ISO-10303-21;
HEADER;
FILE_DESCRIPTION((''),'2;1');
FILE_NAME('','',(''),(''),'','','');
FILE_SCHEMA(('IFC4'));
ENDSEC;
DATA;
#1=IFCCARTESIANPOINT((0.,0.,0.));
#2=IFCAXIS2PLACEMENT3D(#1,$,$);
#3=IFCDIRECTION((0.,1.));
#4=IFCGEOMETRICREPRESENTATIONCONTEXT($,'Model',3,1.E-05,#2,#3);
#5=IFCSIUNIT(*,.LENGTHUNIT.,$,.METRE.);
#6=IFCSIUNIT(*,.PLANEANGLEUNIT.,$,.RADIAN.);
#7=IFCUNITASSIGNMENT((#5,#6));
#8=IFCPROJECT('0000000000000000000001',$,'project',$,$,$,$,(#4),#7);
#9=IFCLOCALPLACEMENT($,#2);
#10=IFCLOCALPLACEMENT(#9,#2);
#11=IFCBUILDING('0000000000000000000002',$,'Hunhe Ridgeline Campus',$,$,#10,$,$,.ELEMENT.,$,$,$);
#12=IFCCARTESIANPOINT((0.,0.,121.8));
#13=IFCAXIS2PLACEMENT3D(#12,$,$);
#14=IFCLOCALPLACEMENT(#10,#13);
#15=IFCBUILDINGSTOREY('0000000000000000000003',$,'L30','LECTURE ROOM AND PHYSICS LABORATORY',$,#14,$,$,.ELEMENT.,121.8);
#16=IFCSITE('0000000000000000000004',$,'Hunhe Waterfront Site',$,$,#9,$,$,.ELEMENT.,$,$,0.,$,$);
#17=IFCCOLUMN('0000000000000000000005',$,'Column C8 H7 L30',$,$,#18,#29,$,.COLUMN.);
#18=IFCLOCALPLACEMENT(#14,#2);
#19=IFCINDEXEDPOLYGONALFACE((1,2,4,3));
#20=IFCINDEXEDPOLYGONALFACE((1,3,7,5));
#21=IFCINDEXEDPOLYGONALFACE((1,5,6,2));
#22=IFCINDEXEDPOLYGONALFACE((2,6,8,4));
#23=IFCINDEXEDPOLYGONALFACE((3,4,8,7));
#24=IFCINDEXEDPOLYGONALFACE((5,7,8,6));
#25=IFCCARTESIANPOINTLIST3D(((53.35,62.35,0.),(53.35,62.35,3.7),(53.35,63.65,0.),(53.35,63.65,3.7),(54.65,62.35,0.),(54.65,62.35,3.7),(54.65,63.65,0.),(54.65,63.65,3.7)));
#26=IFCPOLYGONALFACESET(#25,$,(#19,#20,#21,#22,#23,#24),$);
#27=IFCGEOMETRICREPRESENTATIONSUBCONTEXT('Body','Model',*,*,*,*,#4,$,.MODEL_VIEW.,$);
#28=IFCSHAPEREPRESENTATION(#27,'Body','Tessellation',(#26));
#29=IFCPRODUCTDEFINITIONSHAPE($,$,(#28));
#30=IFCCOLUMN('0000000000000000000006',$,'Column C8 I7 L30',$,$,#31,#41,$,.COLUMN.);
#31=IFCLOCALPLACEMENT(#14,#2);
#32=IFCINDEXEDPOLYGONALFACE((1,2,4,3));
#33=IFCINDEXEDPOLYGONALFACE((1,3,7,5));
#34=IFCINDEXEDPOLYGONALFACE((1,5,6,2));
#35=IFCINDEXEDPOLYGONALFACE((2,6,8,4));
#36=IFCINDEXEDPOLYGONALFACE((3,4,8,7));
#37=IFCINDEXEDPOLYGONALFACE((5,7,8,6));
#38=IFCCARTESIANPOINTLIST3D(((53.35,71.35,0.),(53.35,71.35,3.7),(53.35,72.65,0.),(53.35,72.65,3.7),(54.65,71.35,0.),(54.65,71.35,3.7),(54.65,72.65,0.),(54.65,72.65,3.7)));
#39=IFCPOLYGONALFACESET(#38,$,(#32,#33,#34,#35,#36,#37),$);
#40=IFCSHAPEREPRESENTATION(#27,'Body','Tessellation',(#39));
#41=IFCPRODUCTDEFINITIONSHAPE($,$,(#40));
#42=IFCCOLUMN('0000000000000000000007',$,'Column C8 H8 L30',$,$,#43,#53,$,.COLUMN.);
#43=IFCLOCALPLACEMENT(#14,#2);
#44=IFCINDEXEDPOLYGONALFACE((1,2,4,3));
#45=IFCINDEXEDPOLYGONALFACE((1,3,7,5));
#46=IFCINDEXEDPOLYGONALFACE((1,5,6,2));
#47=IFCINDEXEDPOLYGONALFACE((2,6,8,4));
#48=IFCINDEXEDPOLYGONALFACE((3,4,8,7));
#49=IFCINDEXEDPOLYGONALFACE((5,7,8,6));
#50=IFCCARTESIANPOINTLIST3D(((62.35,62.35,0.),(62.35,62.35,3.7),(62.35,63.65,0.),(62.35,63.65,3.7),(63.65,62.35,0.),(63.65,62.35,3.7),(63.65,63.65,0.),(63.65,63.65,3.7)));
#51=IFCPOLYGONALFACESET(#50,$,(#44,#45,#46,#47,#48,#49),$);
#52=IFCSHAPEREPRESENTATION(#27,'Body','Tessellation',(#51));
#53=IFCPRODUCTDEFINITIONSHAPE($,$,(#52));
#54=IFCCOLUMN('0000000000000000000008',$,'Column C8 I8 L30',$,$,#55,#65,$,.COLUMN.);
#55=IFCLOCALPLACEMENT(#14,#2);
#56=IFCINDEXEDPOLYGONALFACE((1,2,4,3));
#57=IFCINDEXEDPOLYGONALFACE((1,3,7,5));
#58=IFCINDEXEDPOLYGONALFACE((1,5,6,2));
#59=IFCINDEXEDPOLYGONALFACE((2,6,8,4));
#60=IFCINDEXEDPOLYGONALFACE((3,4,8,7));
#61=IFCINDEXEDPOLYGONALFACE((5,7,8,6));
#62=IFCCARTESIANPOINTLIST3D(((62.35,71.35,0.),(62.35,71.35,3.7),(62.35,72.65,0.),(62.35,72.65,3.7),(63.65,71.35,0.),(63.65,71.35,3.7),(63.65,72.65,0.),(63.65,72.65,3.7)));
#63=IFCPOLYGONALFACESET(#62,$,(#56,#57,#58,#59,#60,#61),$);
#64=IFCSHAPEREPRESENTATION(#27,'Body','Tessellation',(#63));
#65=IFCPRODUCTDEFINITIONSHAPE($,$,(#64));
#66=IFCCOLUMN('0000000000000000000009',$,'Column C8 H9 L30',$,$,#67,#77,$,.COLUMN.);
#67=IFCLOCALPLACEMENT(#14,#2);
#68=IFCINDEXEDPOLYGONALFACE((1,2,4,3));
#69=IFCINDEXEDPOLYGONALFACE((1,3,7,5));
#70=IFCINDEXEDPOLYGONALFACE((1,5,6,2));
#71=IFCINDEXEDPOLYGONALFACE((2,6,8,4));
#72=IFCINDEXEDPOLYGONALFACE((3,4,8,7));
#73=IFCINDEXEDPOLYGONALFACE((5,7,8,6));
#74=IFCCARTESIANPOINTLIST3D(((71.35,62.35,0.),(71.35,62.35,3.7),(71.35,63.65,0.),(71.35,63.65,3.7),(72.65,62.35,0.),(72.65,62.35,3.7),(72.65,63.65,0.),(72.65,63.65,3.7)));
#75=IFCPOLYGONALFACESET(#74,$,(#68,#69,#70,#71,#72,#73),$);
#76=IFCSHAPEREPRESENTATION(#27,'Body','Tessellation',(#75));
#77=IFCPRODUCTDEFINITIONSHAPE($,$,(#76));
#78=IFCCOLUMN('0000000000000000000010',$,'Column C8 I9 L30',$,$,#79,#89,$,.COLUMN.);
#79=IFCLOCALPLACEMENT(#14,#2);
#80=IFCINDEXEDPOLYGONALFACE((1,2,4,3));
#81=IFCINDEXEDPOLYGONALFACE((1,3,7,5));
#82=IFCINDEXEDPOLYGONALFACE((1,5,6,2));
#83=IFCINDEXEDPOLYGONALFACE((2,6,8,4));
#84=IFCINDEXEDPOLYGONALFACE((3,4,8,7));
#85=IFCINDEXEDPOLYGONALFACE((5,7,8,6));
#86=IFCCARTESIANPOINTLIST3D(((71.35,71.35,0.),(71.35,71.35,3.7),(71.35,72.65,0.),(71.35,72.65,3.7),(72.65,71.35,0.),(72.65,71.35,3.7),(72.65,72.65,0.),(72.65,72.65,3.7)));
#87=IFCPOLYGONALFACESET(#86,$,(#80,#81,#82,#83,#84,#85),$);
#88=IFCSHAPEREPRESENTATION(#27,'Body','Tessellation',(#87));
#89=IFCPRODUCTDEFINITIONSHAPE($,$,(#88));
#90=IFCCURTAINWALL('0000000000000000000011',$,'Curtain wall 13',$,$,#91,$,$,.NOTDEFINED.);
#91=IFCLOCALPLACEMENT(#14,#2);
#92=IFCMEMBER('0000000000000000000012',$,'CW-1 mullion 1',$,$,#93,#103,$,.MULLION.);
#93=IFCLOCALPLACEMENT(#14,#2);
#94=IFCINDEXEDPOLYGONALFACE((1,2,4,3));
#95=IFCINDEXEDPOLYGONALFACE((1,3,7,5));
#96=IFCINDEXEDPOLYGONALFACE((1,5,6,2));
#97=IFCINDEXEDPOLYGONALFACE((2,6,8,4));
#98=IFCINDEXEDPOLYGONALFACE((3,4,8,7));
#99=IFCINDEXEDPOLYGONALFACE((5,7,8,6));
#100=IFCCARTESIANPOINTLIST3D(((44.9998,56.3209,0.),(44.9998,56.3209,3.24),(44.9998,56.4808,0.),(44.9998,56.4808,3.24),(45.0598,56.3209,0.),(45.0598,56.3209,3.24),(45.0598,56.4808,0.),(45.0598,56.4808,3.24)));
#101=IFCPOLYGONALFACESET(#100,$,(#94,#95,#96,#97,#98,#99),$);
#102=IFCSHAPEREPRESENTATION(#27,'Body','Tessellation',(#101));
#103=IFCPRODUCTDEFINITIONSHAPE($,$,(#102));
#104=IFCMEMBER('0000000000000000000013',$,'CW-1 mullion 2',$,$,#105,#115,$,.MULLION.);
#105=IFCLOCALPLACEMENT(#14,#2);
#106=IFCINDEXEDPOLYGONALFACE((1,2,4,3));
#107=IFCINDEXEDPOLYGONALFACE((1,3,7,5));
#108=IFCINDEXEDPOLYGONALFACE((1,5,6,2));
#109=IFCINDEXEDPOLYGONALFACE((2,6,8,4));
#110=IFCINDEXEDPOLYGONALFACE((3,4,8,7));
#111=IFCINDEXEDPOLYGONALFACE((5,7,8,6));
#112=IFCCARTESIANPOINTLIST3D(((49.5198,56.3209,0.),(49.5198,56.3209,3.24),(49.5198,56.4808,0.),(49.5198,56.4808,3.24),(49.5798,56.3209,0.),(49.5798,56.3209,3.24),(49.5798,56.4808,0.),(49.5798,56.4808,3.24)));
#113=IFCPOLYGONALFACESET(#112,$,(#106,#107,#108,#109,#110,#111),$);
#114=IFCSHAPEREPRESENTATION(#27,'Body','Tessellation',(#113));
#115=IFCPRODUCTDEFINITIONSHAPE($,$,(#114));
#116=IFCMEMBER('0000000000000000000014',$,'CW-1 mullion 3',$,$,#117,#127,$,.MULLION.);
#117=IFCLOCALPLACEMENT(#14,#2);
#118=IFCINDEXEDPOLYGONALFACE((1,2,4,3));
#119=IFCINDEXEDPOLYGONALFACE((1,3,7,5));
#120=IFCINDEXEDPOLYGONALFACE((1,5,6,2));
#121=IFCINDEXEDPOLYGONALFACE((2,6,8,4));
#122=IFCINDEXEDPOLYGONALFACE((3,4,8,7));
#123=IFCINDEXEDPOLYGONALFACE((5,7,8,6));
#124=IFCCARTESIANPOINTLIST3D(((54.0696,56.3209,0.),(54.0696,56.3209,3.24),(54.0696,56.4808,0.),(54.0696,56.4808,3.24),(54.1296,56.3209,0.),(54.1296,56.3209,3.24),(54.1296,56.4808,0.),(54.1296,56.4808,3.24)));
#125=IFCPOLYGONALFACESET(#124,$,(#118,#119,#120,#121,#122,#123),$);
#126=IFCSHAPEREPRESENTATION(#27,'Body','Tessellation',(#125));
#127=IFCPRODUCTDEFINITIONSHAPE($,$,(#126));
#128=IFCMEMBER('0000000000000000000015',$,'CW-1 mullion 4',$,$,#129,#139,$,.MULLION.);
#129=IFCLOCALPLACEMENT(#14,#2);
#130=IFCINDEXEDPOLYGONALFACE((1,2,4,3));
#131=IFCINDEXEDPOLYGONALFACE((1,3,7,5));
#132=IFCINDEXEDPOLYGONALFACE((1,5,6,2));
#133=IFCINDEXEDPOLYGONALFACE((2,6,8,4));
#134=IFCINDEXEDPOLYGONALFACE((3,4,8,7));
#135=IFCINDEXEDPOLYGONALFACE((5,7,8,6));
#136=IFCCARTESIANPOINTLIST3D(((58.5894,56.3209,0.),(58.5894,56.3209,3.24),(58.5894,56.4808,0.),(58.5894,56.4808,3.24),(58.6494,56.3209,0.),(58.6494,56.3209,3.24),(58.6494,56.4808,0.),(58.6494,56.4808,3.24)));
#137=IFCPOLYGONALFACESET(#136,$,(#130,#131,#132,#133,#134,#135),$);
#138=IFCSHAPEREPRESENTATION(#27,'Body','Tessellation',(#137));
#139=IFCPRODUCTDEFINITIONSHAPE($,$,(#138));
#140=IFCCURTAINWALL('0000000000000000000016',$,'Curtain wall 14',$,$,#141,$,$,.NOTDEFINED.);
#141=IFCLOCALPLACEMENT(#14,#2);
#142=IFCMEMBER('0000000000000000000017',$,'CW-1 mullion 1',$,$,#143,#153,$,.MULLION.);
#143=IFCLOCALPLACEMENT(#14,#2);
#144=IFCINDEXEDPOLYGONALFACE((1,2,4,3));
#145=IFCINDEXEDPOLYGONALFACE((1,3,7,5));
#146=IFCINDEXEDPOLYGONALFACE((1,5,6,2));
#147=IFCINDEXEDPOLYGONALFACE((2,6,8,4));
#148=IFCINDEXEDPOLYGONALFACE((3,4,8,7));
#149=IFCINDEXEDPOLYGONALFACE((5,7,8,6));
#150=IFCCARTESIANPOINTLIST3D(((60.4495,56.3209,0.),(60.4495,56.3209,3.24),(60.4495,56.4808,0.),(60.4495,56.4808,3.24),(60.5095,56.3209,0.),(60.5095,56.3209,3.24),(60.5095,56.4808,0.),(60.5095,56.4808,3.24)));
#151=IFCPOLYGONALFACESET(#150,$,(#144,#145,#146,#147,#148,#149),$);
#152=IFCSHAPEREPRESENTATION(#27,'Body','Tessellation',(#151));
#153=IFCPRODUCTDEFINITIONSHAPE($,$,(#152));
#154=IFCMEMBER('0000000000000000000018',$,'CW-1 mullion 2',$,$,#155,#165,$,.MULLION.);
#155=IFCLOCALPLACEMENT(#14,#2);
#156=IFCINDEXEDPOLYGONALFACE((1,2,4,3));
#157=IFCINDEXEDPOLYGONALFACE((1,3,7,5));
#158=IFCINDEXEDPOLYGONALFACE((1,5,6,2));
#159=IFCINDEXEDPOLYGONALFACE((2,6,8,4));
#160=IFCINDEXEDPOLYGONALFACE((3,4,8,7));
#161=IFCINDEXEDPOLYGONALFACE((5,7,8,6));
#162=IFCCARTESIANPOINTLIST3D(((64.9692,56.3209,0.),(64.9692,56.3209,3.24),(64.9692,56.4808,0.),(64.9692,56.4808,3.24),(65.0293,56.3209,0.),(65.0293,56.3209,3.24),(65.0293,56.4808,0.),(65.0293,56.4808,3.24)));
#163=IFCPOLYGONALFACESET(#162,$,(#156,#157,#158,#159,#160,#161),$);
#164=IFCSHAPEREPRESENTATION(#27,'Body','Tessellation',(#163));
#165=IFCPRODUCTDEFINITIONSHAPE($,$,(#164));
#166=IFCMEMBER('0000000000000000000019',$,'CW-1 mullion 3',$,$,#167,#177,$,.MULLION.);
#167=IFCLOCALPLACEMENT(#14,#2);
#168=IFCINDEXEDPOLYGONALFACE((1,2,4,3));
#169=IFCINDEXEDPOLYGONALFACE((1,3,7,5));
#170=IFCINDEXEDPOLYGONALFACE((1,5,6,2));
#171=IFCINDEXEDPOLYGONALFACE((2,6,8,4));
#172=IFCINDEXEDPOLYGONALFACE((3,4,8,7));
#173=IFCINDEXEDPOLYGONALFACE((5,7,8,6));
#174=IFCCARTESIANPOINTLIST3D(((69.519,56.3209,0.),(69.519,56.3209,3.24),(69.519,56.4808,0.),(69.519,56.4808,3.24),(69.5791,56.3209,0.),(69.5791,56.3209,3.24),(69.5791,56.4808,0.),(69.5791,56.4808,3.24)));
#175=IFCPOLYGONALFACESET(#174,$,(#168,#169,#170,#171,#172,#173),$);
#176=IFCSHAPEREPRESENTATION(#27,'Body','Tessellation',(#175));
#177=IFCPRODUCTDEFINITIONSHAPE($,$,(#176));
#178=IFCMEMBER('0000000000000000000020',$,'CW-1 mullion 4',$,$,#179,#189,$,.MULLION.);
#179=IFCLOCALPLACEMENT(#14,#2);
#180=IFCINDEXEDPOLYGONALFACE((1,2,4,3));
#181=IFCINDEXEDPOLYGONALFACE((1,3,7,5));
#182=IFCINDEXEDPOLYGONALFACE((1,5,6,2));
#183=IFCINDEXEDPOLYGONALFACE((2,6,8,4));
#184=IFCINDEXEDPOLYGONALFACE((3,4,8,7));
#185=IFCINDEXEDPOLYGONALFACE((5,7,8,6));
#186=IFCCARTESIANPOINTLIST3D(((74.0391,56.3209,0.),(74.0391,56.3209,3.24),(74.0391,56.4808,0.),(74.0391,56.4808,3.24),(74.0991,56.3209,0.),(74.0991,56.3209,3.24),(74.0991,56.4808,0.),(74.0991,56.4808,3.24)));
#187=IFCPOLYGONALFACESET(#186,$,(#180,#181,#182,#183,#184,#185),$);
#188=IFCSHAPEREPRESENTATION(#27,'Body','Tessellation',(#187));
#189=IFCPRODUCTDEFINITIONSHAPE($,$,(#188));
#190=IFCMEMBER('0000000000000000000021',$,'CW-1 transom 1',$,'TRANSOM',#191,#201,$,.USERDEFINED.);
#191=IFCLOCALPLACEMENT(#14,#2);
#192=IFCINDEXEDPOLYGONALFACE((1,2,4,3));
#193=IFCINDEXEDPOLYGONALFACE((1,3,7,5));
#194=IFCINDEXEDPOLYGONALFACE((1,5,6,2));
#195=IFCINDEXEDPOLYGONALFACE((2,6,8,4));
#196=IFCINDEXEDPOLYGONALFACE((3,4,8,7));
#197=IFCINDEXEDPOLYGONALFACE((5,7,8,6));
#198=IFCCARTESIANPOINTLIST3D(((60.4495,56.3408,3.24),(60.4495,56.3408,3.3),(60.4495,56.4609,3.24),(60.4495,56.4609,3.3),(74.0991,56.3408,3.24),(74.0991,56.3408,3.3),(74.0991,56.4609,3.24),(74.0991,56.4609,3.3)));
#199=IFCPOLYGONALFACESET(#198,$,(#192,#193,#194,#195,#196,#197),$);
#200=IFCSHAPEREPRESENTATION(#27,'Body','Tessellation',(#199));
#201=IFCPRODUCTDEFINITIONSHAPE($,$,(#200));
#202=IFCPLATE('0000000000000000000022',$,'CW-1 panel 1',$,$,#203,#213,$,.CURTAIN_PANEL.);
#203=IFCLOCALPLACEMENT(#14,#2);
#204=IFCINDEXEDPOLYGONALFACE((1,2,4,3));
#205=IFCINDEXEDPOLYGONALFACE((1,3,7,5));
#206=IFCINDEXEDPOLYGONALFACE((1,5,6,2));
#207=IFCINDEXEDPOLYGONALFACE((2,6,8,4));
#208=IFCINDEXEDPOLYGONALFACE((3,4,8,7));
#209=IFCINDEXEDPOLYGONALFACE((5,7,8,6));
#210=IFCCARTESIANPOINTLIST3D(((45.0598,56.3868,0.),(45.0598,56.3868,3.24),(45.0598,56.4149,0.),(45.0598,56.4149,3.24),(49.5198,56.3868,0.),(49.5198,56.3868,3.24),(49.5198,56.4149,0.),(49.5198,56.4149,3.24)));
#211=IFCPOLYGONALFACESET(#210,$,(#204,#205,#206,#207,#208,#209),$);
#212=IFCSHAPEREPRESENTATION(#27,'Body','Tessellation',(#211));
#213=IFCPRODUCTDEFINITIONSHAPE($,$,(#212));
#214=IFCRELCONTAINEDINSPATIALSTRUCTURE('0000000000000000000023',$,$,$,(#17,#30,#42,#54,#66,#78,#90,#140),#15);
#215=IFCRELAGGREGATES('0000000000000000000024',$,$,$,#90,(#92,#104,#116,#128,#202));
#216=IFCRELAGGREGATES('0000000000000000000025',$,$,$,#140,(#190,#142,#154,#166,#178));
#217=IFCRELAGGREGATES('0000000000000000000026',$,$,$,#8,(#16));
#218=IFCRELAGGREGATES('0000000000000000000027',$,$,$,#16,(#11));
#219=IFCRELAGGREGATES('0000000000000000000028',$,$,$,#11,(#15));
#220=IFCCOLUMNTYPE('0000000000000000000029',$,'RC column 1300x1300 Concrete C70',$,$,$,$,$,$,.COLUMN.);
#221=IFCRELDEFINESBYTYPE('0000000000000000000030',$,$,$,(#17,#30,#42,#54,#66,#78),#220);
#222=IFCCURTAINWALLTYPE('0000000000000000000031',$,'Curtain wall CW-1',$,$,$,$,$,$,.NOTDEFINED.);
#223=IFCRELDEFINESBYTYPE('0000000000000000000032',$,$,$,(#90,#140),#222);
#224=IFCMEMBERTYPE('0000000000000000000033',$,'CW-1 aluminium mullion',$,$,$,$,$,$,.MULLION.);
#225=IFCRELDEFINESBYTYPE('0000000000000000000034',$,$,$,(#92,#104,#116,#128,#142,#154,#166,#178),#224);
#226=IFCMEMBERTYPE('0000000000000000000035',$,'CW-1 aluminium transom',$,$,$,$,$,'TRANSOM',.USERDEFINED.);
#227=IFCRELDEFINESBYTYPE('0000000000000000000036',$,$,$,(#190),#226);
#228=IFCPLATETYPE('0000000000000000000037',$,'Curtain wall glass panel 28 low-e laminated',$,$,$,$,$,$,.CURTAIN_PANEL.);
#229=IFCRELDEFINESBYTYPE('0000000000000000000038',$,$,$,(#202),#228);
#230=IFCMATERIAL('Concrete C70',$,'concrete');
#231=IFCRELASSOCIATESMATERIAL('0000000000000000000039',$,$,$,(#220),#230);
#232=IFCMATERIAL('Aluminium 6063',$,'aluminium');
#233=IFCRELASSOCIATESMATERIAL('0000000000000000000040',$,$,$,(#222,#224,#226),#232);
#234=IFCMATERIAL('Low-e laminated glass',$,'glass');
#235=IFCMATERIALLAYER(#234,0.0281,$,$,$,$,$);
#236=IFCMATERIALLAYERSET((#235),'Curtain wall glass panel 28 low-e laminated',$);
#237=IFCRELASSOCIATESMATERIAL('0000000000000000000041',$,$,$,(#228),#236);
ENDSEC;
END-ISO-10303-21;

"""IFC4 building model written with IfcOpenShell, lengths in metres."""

from ifc_helpers import new_model, si_unit, direction, frame, origin, origin_2d, place, context, subcontext, project, spatial, rectangle, extrude, material, layer, layer_set, material_profile, profile_set, type_object, element, aggregate, save


model = new_model("IFC4")

# Units and contexts
model_context = context("Model", 3, precision=1e-05, world=origin(), true_north=direction((0.0, 1.0)))
body_context = subcontext(model_context, "Body", "Model", "MODEL_VIEW")
ifc_project = project(units=[si_unit("LENGTHUNIT", "METRE"), si_unit("PLANEANGLEUNIT", "RADIAN")], contexts=[model_context])

# Site, building, storey
site_placement = place(None, origin())
site = spatial("IfcSite", under=ifc_project, at=site_placement, Name="Hunhe Waterfront Site", CompositionType="ELEMENT", RefElevation=0.0)
building_placement = place(site_placement, origin())
building = spatial("IfcBuilding", under=site, at=building_placement, Name="Hunhe Ridgeline Campus", CompositionType="ELEMENT")
storey_placement = place(building_placement, frame((0.0, 0.0, 121.8)))
storey = spatial("IfcBuildingStorey", under=building, at=storey_placement, Name="L30", Description="LECTURE ROOM AND PHYSICS LABORATORY", CompositionType="ELEMENT", Elevation=121.8)

# Columns
ifc_material_1 = material(Name="Concrete C70", Category="concrete")
ifc_material_profile_1 = material_profile(ifc_material_1, rectangle(XDim=1.3, YDim=1.3, at=origin_2d()))
ifc_profile_set_1 = profile_set([ifc_material_profile_1], Name="Concrete C70")
column_type = type_object("IfcColumnType", Name="RC column 1300x1300 Concrete C70", PredefinedType="COLUMN", material=ifc_profile_set_1)
for number, where, z_axis, x_axis, name in (
    (1, (54.0, 63.0, 0.0), (0.0, 0.0, 1.0), (1.0, 0.0, 0.0), "Column C8 H7 L30"),
    (2, (54.0, 72.0, 0.0), (0.0, 0.0, 1.0), (1.0, 0.0, 0.0), "Column C8 I7 L30"),
    (3, (63.0, 63.0, 0.0), (0.0, 0.0, 1.0), (1.0, 0.0, 0.0), "Column C8 H8 L30"),
    (4, (63.0, 72.0, 0.0), (0.0, 0.0, 1.0), (1.0, 0.0, 0.0), "Column C8 I8 L30"),
    (5, (72.0, 63.0, 0.0), (0.0, 0.0, 1.0), (1.0, 0.0, 0.0), "Column C8 H9 L30"),
    (6, (72.0, 72.0, 0.0), (0.0, 0.0, 1.0), (1.0, 0.0, 0.0), "Column C8 I9 L30"),
):
    element("IfcColumn", number, at=place(storey_placement, frame(where, z_axis=z_axis, x_axis=x_axis)), inside=storey, type_object=column_type, Name=name, PredefinedType="COLUMN", context=body_context, shape_type="SweptSolid", body=[
        extrude(rectangle(XDim=1.3, YDim=1.3, at=origin_2d()), origin(), (0.0, 0.0, 1.0), 3.7),
    ])

# Curtain walls, members
ifc_material_2 = material(Name="Aluminium 6063", Category="aluminium")
curtain_wall_type = type_object("IfcCurtainWallType", Name="Curtain wall CW-1", PredefinedType="NOTDEFINED", material=ifc_material_2)
curtain_wall_1_placement = place(storey_placement, origin())
curtain_wall_1 = element("IfcCurtainWall", 7, at=curtain_wall_1_placement, inside=storey, type_object=curtain_wall_type, Name="Curtain wall 13", PredefinedType="NOTDEFINED")
ifc_material_profile_2 = material_profile(ifc_material_2, rectangle(XDim=0.1599, YDim=0.0601, at=origin_2d()))
ifc_profile_set_2 = profile_set([ifc_material_profile_2], Name="Aluminium 6063")
member_type_1 = type_object("IfcMemberType", Name="CW-1 aluminium mullion", PredefinedType="MULLION", material=ifc_profile_set_2)
member_1_placement = place(storey_placement, frame((45.0298, 56.4009, 0.0), z_axis=(0.0, 0.0, 1.0), x_axis=(0.0, 1.0, 0.0)))
member_1 = element("IfcMember", 8, at=member_1_placement, type_object=member_type_1, Name="CW-1 mullion 1", PredefinedType="MULLION", context=body_context, shape_type="SweptSolid", body=[
    extrude(rectangle(XDim=0.1599, YDim=0.0601, at=origin_2d()), origin(), (0.0, 0.0, 1.0), 3.24),
])
member_2_placement = place(storey_placement, frame((49.5498, 56.4009, 0.0), z_axis=(0.0, 0.0, 1.0), x_axis=(0.0, 1.0, 0.0)))
member_2 = element("IfcMember", 9, at=member_2_placement, type_object=member_type_1, Name="CW-1 mullion 2", PredefinedType="MULLION", context=body_context, shape_type="SweptSolid", body=[
    extrude(rectangle(XDim=0.1599, YDim=0.0601, at=origin_2d()), origin(), (0.0, 0.0, 1.0), 3.24),
])
member_3_placement = place(storey_placement, frame((54.0996, 56.4009, 0.0), z_axis=(0.0, 0.0, 1.0), x_axis=(0.0, 1.0, 0.0)))
member_3 = element("IfcMember", 10, at=member_3_placement, type_object=member_type_1, Name="CW-1 mullion 3", PredefinedType="MULLION", context=body_context, shape_type="SweptSolid", body=[
    extrude(rectangle(XDim=0.1599, YDim=0.0601, at=origin_2d()), origin(), (0.0, 0.0, 1.0), 3.24),
])
member_4_placement = place(storey_placement, frame((58.6194, 56.4009, 0.0), z_axis=(0.0, 0.0, 1.0), x_axis=(0.0, 1.0, 0.0)))
member_4 = element("IfcMember", 11, at=member_4_placement, type_object=member_type_1, Name="CW-1 mullion 4", PredefinedType="MULLION", context=body_context, shape_type="SweptSolid", body=[
    extrude(rectangle(XDim=0.1599, YDim=0.0601, at=origin_2d()), origin(), (0.0, 0.0, 1.0), 3.24),
])
curtain_wall_2_placement = place(storey_placement, origin())
curtain_wall_2 = element("IfcCurtainWall", 12, at=curtain_wall_2_placement, inside=storey, type_object=curtain_wall_type, Name="Curtain wall 14", PredefinedType="NOTDEFINED")
member_5_placement = place(storey_placement, frame((60.4795, 56.4009, 0.0), z_axis=(0.0, 0.0, 1.0), x_axis=(0.0, 1.0, 0.0)))
member_5 = element("IfcMember", 13, at=member_5_placement, type_object=member_type_1, Name="CW-1 mullion 1", PredefinedType="MULLION", context=body_context, shape_type="SweptSolid", body=[
    extrude(rectangle(XDim=0.1599, YDim=0.0601, at=origin_2d()), origin(), (0.0, 0.0, 1.0), 3.24),
])
member_6_placement = place(storey_placement, frame((64.9993, 56.4009, 0.0), z_axis=(0.0, 0.0, 1.0), x_axis=(0.0, 1.0, 0.0)))
member_6 = element("IfcMember", 14, at=member_6_placement, type_object=member_type_1, Name="CW-1 mullion 2", PredefinedType="MULLION", context=body_context, shape_type="SweptSolid", body=[
    extrude(rectangle(XDim=0.1599, YDim=0.0601, at=origin_2d()), origin(), (0.0, 0.0, 1.0), 3.24),
])
member_7_placement = place(storey_placement, frame((69.5491, 56.4009, 0.0), z_axis=(0.0, 0.0, 1.0), x_axis=(0.0, 1.0, 0.0)))
member_7 = element("IfcMember", 15, at=member_7_placement, type_object=member_type_1, Name="CW-1 mullion 3", PredefinedType="MULLION", context=body_context, shape_type="SweptSolid", body=[
    extrude(rectangle(XDim=0.1599, YDim=0.0601, at=origin_2d()), origin(), (0.0, 0.0, 1.0), 3.24),
])
member_8_placement = place(storey_placement, frame((74.0691, 56.4009, 0.0), z_axis=(0.0, 0.0, 1.0), x_axis=(0.0, 1.0, 0.0)))
member_8 = element("IfcMember", 16, at=member_8_placement, type_object=member_type_1, Name="CW-1 mullion 4", PredefinedType="MULLION", context=body_context, shape_type="SweptSolid", body=[
    extrude(rectangle(XDim=0.1599, YDim=0.0601, at=origin_2d()), origin(), (0.0, 0.0, 1.0), 3.24),
])
ifc_material_profile_3 = material_profile(ifc_material_2, rectangle(XDim=0.1201, YDim=0.0601, at=origin_2d()))
ifc_profile_set_3 = profile_set([ifc_material_profile_3], Name="Aluminium 6063")
member_type_2 = type_object("IfcMemberType", Name="CW-1 aluminium transom", ElementType="TRANSOM", PredefinedType="USERDEFINED", material=ifc_profile_set_3)
member_9_placement = place(storey_placement, frame((60.4495, 56.4009, 3.27), z_axis=(1.0, 0.0, 0.0), x_axis=(0.0, 1.0, 0.0)))
member_9 = element("IfcMember", 17, at=member_9_placement, type_object=member_type_2, Name="CW-1 transom 1", ObjectType="TRANSOM", PredefinedType="USERDEFINED", context=body_context, shape_type="SweptSolid", body=[
    extrude(rectangle(XDim=0.1201, YDim=0.0601, at=origin_2d()), origin(), (0.0, 0.0, 1.0), 13.6497),
])

# Plate
ifc_material_3 = material(Name="Low-e laminated glass", Category="glass")
ifc_layer_1 = layer(ifc_material_3, 0.0281)
ifc_layer_set_1 = layer_set([ifc_layer_1], Name="Curtain wall glass panel 28 low-e laminated")
plate_type = type_object("IfcPlateType", Name="Curtain wall glass panel 28 low-e laminated", PredefinedType="CURTAIN_PANEL", material=ifc_layer_set_1)
plate_1_placement = place(storey_placement, frame((47.2898, 56.4009, 0.0), z_axis=(0.0, 0.0, 1.0), x_axis=(1.0, 0.0, 0.0)))
plate_1 = element("IfcPlate", 18, at=plate_1_placement, type_object=plate_type, Name="CW-1 panel 1", PredefinedType="CURTAIN_PANEL", context=body_context, shape_type="SweptSolid", body=[
    extrude(rectangle(XDim=4.46, YDim=0.0281, at=origin_2d()), origin(), (0.0, 0.0, 1.0), 3.24),
])
aggregate(curtain_wall_1, [member_1, member_2, member_3, member_4, plate_1])
aggregate(curtain_wall_2, [member_9, member_5, member_6, member_7, member_8])

save(model, "model.ifc")
